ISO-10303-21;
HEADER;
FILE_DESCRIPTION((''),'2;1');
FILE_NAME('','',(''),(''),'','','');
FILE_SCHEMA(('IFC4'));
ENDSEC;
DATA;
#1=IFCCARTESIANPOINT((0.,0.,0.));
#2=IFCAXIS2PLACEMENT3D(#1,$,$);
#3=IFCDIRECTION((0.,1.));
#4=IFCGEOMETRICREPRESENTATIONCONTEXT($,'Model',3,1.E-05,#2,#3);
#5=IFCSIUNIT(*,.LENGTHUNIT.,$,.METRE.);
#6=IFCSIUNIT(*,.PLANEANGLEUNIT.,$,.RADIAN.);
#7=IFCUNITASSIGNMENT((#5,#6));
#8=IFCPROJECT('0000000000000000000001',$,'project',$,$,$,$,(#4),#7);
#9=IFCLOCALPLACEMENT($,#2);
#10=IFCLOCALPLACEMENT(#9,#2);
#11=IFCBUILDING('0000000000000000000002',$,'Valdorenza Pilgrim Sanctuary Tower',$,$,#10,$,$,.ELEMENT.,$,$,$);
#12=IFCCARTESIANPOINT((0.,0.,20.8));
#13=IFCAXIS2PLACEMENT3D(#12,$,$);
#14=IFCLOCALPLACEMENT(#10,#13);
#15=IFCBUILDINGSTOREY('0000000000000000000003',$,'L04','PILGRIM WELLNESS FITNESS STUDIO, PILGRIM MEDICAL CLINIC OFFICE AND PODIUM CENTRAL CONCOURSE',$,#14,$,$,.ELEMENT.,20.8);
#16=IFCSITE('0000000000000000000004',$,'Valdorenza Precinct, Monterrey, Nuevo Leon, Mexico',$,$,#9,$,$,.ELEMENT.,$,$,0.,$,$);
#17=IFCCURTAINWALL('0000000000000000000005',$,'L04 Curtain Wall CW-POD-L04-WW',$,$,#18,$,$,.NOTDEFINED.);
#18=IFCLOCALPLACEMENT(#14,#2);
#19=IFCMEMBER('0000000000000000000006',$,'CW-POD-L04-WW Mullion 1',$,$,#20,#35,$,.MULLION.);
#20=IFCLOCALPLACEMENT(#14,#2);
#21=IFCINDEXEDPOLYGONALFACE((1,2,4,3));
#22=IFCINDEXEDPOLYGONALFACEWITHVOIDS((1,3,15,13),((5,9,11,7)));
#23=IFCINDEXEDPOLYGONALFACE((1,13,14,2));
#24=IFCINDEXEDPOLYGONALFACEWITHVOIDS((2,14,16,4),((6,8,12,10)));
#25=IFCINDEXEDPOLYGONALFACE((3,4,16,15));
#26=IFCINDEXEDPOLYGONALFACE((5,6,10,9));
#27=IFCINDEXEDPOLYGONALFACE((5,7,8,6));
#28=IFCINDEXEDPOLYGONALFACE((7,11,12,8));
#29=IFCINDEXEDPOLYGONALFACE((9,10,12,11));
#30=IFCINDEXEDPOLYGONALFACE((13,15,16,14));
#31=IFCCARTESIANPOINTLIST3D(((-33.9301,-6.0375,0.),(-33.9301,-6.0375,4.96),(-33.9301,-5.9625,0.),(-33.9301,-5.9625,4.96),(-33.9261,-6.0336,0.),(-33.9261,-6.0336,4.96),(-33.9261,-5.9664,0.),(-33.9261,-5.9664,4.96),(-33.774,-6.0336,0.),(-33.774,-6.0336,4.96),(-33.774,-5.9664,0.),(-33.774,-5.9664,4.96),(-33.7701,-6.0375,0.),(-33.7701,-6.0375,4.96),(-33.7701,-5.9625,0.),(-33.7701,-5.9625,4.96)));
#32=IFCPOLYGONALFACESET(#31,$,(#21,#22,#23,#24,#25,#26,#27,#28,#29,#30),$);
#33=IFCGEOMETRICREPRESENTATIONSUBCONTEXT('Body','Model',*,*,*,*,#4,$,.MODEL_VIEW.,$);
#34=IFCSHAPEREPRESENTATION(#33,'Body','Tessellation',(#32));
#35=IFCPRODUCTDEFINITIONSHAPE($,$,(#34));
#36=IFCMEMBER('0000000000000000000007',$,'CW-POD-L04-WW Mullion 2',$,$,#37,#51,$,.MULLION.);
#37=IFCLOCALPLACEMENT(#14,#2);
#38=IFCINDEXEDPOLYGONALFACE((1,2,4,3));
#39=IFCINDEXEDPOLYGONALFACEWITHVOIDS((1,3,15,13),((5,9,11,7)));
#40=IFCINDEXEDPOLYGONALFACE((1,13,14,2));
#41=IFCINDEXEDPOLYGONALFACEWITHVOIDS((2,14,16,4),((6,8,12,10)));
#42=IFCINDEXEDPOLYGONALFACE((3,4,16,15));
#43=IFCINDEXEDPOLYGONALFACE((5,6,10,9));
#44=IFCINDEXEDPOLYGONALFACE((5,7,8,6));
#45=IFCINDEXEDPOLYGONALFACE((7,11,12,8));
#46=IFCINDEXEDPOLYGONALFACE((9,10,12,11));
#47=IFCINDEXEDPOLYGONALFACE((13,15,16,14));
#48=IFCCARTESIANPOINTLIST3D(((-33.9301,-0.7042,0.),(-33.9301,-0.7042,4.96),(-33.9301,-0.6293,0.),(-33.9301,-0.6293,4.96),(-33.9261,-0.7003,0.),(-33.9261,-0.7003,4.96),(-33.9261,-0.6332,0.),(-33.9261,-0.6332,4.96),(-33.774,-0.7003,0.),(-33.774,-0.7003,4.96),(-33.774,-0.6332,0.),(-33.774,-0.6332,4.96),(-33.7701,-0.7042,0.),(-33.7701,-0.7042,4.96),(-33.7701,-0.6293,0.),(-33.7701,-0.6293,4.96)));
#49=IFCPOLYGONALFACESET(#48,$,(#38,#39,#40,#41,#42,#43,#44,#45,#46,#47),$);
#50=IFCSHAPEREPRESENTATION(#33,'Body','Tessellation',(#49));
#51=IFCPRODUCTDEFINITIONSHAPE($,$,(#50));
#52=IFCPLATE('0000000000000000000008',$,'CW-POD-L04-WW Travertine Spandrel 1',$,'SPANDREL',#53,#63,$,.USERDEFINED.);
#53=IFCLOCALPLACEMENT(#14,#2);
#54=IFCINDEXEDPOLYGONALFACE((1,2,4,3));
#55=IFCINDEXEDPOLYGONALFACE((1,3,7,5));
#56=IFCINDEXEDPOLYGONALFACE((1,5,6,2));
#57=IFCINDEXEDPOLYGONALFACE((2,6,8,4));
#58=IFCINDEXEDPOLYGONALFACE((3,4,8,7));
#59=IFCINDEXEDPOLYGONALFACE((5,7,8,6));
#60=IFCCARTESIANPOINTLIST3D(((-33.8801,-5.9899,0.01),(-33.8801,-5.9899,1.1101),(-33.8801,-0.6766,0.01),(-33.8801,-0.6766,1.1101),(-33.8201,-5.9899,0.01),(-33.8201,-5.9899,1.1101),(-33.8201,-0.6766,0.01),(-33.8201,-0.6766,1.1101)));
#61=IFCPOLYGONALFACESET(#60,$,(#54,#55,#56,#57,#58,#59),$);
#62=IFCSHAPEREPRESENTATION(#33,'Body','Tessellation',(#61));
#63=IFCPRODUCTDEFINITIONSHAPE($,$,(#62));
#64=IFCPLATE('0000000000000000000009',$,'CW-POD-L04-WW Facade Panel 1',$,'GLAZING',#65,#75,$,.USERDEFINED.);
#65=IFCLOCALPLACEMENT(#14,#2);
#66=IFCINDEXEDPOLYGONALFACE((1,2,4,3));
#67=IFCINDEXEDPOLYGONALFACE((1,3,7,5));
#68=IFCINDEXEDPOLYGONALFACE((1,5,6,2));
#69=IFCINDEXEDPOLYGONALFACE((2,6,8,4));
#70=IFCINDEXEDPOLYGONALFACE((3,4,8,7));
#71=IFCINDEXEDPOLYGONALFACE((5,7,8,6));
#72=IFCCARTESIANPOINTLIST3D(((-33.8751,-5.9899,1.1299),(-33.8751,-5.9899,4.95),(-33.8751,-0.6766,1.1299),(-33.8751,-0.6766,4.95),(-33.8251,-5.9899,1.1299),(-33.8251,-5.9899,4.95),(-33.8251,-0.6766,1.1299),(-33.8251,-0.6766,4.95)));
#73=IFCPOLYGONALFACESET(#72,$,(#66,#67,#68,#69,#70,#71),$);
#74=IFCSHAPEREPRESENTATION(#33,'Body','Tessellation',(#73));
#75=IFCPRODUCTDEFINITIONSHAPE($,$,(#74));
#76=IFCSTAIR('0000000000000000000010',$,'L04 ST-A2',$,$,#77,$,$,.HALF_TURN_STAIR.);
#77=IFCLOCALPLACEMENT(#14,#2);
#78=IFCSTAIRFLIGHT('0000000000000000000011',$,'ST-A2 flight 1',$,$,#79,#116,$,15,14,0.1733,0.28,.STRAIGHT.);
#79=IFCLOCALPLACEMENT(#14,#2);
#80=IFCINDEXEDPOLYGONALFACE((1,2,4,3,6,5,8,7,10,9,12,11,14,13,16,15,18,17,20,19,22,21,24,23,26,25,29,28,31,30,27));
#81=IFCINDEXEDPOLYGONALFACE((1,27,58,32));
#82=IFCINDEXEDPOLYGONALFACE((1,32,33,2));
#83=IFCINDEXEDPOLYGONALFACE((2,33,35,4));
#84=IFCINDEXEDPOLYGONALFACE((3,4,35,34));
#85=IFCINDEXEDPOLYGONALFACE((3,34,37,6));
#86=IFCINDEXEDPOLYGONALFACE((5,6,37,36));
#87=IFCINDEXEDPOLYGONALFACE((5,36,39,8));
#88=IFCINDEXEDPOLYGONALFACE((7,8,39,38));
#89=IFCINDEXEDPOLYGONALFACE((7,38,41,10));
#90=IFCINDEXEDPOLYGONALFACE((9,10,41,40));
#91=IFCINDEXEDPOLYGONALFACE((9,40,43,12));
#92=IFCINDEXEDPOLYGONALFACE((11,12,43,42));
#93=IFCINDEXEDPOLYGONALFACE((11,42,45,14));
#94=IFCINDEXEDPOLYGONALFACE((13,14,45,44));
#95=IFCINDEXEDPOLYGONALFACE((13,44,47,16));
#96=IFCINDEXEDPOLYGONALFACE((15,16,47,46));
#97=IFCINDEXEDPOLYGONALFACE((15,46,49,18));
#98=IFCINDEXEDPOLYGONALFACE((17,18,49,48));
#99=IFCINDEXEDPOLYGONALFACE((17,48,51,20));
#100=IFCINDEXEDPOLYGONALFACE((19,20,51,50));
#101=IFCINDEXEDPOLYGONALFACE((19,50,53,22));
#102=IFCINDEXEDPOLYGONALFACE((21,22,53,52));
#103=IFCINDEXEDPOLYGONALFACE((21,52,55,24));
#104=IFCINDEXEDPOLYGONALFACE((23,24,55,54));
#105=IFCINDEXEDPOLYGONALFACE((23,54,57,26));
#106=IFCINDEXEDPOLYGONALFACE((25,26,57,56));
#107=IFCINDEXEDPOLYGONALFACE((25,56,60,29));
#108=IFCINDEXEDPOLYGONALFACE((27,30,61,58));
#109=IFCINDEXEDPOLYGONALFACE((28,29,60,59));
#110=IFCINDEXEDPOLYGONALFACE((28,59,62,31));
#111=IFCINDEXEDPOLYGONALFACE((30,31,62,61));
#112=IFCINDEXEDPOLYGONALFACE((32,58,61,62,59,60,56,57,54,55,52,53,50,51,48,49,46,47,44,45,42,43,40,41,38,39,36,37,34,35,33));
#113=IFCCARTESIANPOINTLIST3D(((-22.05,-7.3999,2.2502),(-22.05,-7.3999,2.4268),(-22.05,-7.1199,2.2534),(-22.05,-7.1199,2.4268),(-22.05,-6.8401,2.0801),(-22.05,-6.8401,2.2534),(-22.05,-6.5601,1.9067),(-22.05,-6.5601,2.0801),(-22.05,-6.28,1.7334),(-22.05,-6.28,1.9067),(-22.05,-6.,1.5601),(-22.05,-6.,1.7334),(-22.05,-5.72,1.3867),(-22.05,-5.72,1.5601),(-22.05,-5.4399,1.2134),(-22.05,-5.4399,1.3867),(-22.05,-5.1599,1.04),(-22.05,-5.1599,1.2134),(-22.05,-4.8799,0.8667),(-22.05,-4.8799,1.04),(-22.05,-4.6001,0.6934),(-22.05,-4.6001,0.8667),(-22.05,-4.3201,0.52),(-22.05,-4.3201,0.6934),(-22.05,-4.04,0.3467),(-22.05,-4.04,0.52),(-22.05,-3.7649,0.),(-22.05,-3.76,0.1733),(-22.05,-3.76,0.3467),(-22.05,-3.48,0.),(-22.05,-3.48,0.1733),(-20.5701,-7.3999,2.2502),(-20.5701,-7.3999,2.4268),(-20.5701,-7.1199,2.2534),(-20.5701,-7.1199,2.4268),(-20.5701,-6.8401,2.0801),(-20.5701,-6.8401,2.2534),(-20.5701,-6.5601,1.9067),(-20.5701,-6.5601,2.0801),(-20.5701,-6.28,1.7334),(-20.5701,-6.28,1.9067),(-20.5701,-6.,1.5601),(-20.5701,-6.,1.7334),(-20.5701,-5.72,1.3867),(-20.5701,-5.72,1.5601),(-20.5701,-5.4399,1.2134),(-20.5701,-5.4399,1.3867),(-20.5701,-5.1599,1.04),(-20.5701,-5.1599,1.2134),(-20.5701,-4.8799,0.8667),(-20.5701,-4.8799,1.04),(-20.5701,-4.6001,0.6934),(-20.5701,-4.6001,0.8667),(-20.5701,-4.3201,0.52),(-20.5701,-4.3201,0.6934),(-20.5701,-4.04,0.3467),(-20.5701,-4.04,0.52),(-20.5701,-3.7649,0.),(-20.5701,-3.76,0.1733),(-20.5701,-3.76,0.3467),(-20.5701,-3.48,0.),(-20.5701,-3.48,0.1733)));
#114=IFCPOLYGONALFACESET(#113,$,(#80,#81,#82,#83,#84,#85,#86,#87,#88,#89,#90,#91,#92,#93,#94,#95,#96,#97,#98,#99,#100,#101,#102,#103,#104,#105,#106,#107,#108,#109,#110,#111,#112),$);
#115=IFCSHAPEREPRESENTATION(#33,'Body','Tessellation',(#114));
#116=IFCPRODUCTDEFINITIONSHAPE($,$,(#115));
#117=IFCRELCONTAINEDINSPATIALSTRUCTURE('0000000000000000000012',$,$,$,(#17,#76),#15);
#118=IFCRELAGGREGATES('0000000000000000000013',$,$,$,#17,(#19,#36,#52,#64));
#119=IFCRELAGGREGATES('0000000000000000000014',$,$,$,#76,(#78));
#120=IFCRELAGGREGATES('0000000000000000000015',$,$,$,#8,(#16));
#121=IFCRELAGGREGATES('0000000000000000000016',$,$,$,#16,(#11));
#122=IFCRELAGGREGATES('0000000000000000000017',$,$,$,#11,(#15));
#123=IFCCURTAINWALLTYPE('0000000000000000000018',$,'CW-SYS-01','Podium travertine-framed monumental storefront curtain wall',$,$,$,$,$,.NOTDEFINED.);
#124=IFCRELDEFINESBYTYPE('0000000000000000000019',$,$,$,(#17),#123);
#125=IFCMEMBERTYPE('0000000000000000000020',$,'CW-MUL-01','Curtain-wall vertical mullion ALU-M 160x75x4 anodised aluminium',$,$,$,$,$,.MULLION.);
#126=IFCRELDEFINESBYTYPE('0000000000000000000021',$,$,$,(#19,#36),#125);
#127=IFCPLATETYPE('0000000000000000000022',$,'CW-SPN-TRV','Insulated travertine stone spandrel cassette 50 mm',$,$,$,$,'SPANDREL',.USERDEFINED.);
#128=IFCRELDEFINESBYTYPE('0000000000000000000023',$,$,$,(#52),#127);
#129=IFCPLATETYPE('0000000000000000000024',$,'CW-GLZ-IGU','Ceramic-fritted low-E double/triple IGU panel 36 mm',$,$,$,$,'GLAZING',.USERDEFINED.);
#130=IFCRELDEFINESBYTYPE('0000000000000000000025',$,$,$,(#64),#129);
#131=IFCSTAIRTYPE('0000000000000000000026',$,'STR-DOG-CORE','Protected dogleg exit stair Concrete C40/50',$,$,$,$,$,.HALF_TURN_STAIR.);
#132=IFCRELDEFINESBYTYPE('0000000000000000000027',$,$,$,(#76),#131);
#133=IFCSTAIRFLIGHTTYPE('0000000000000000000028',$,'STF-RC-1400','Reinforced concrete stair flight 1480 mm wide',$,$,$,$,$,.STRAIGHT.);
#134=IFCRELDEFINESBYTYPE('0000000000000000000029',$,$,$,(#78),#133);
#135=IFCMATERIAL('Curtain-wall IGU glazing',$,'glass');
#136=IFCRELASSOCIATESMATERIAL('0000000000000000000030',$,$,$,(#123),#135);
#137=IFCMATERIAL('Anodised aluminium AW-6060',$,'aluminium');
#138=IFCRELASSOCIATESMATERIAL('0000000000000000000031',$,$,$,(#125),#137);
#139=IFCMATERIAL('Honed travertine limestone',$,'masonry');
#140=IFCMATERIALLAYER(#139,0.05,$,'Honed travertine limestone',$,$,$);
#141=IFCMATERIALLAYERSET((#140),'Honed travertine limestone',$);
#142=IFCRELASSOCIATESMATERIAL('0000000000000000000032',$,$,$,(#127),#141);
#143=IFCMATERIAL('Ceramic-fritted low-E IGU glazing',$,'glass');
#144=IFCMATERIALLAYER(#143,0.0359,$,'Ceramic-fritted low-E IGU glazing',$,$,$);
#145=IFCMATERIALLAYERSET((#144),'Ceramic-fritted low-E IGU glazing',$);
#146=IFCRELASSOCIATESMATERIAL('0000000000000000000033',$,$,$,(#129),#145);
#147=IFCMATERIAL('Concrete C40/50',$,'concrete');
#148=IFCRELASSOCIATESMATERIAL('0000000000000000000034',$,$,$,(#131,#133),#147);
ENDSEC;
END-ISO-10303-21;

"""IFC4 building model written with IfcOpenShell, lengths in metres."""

from ifc_helpers import new_model, si_unit, direction, frame, origin, origin_2d, place, context, subcontext, project, spatial, polyline, rectangle, hollow_rectangle, outline, extrude, source, transform, mapped, material, layer, layer_set, material_profile, profile_set, type_object, element, aggregate, save


model = new_model("IFC4")

# Units and contexts
model_context = context("Model", 3, precision=1e-05, world=origin(), true_north=direction((0.0, 1.0)))
body_context = subcontext(model_context, "Body", "Model", "MODEL_VIEW")
ifc_project = project(units=[si_unit("LENGTHUNIT", "METRE"), si_unit("PLANEANGLEUNIT", "RADIAN")], contexts=[model_context])

# Site, building, storey
site_placement = place(None, origin())
site = spatial("IfcSite", under=ifc_project, at=site_placement, Name="Valdorenza Precinct, Monterrey, Nuevo Leon, Mexico", CompositionType="ELEMENT", RefElevation=0.0)
building_placement = place(site_placement, origin())
building = spatial("IfcBuilding", under=site, at=building_placement, Name="Valdorenza Pilgrim Sanctuary Tower", CompositionType="ELEMENT")
storey_placement = place(building_placement, frame((0.0, 0.0, 20.8)))
storey = spatial("IfcBuildingStorey", under=building, at=storey_placement, Name="L04", Description="PILGRIM WELLNESS FITNESS STUDIO, PILGRIM MEDICAL CLINIC OFFICE AND PODIUM CENTRAL CONCOURSE", CompositionType="ELEMENT", Elevation=20.8)

# Curtain wall, members, plates
ifc_material_1 = material(Name="Curtain-wall IGU glazing", Category="glass")
curtain_wall_type = type_object("IfcCurtainWallType", Name="CW-SYS-01", Description="Podium travertine-framed monumental storefront curtain wall", PredefinedType="NOTDEFINED", material=ifc_material_1)
curtain_wall_placement = place(storey_placement, origin())
curtain_wall = element("IfcCurtainWall", 1, at=curtain_wall_placement, inside=storey, type_object=curtain_wall_type, Name="L04 Curtain Wall CW-POD-L04-WW", PredefinedType="NOTDEFINED")
ifc_material_2 = material(Name="Anodised aluminium AW-6060", Category="aluminium")
ifc_material_profile_1 = material_profile(ifc_material_2, hollow_rectangle(XDim=0.075, YDim=0.1599, WallThickness=0.0039, at=origin_2d()), Name="ALU-M 160x75x4")
ifc_profile_set_1 = profile_set([ifc_material_profile_1], Name="Anodised aluminium AW-6060")
member_type_1 = type_object("IfcMemberType", Name="CW-MUL-01", Description="Curtain-wall vertical mullion ALU-M 160x75x4 anodised aluminium", PredefinedType="MULLION", material=ifc_profile_set_1)
shared_shape_1 = source(origin(), body_context, "Body", "SweptSolid", [
    extrude(hollow_rectangle(XDim=0.075, YDim=0.1599, WallThickness=0.0039, at=origin_2d()), origin(), (0.0, 0.0, 1.0), 4.96),
])
member_1_placement = place(storey_placement, frame((-33.8501, -6.0, 0.0), z_axis=(0.0, 0.0, 1.0), x_axis=(0.0, 1.0, 0.0)))
member_1 = element("IfcMember", 2, at=member_1_placement, type_object=member_type_1, Name="CW-POD-L04-WW Mullion 1", PredefinedType="MULLION", context=body_context, shape_type="MappedRepresentation", body=[
    mapped(shared_shape_1, transform((0.0, 0.0, 0.0), x_axis=(1.0, 0.0, 0.0), y_axis=(0.0, 1.0, 0.0), z_axis=(0.0, 0.0, 1.0), scale=1.0)),
])
member_2_placement = place(storey_placement, frame((-33.8501, -0.6667, 0.0), z_axis=(0.0, 0.0, 1.0), x_axis=(0.0, 1.0, 0.0)))
member_2 = element("IfcMember", 3, at=member_2_placement, type_object=member_type_1, Name="CW-POD-L04-WW Mullion 2", PredefinedType="MULLION", context=body_context, shape_type="MappedRepresentation", body=[
    mapped(shared_shape_1, transform((0.0, 0.0, 0.0), x_axis=(1.0, 0.0, 0.0), y_axis=(0.0, 1.0, 0.0), z_axis=(0.0, 0.0, 1.0), scale=1.0)),
])
ifc_material_3 = material(Name="Honed travertine limestone", Category="masonry")
ifc_layer_1 = layer(ifc_material_3, 0.05, Name="Honed travertine limestone")
ifc_layer_set_1 = layer_set([ifc_layer_1], Name="Honed travertine limestone")
plate_type_1 = type_object("IfcPlateType", Name="CW-SPN-TRV", Description="Insulated travertine stone spandrel cassette 50 mm", ElementType="SPANDREL", PredefinedType="USERDEFINED", material=ifc_layer_set_1)
shared_shape_2 = source(origin(), body_context, "Body", "SweptSolid", [
    extrude(rectangle(XDim=5.3132, YDim=0.0601, at=origin_2d()), origin(), (0.0, 0.0, 1.0), 1.1001),
])
plate_1_placement = place(storey_placement, frame((-33.8501, -3.3333, 0.01), z_axis=(0.0, 0.0, 1.0), x_axis=(0.0, 1.0, 0.0)))
plate_1 = element("IfcPlate", 4, at=plate_1_placement, type_object=plate_type_1, Name="CW-POD-L04-WW Travertine Spandrel 1", ObjectType="SPANDREL", PredefinedType="USERDEFINED", context=body_context, shape_type="MappedRepresentation", body=[
    mapped(shared_shape_2, transform((0.0, 0.0, 0.0), x_axis=(1.0, 0.0, 0.0), y_axis=(0.0, 1.0, 0.0), z_axis=(0.0, 0.0, 1.0), scale=1.0)),
])
ifc_material_4 = material(Name="Ceramic-fritted low-E IGU glazing", Category="glass")
ifc_layer_2 = layer(ifc_material_4, 0.0359, Name="Ceramic-fritted low-E IGU glazing")
ifc_layer_set_2 = layer_set([ifc_layer_2], Name="Ceramic-fritted low-E IGU glazing")
plate_type_2 = type_object("IfcPlateType", Name="CW-GLZ-IGU", Description="Ceramic-fritted low-E double/triple IGU panel 36 mm", ElementType="GLAZING", PredefinedType="USERDEFINED", material=ifc_layer_set_2)
shared_shape_3 = source(origin(), body_context, "Body", "SweptSolid", [
    extrude(rectangle(XDim=5.3132, YDim=0.05, at=origin_2d()), origin(), (0.0, 0.0, 1.0), 3.8201),
])
plate_2_placement = place(storey_placement, frame((-33.8501, -3.3333, 1.1299), z_axis=(0.0, 0.0, 1.0), x_axis=(0.0, 1.0, 0.0)))
plate_2 = element("IfcPlate", 5, at=plate_2_placement, type_object=plate_type_2, Name="CW-POD-L04-WW Facade Panel 1", ObjectType="GLAZING", PredefinedType="USERDEFINED", context=body_context, shape_type="MappedRepresentation", body=[
    mapped(shared_shape_3, transform((0.0, 0.0, 0.0), x_axis=(1.0, 0.0, 0.0), y_axis=(0.0, 1.0, 0.0), z_axis=(0.0, 0.0, 1.0), scale=1.0)),
])
aggregate(curtain_wall, [member_1, member_2, plate_1, plate_2])

# Shared definitions
ifc_material_5 = material(Name="Concrete C40/50", Category="concrete")

# Stair, stair flight
stair_type = type_object("IfcStairType", Name="STR-DOG-CORE", Description="Protected dogleg exit stair Concrete C40/50", PredefinedType="HALF_TURN_STAIR", material=ifc_material_5)
stair_placement = place(storey_placement, origin())
stair = element("IfcStair", 6, at=stair_placement, inside=storey, type_object=stair_type, Name="L04 ST-A2", PredefinedType="HALF_TURN_STAIR")
stair_flight_type = type_object("IfcStairFlightType", Name="STF-RC-1400", Description="Reinforced concrete stair flight 1480 mm wide", PredefinedType="STRAIGHT", material=ifc_material_5)
stair_flight_placement = place(storey_placement, frame((-21.3101, -3.48, 0.0), z_axis=(0.0, 0.0, 1.0), x_axis=(0.0, -1.0, 0.0)))
stair_flight = element("IfcStairFlight", 7, at=stair_flight_placement, type_object=stair_flight_type, Name="ST-A2 flight 1", NumberOfRisers=15, NumberOfTreads=14, PredefinedType="STRAIGHT", RiserHeight=0.1733, TreadLength=0.28, context=body_context, shape_type="SweptSolid", body=[
    extrude(outline(polyline([(0.0, 0.0), (0.0, 0.1733), (0.28, 0.1733), (0.28, 0.3467), (0.5601, 0.3467), (0.5601, 0.52), (0.8401, 0.52), (0.8401, 0.6934), (1.1201, 0.6934), (1.1201, 0.8667), (1.3999, 0.8667), (1.3999, 1.04), (1.6799, 1.04), (1.6799, 1.2134), (1.96, 1.2134), (1.96, 1.3867), (2.24, 1.3867), (2.24, 1.5601), (2.52, 1.5601), (2.52, 1.7334), (2.8, 1.7334), (2.8, 1.9067), (3.0801, 1.9067), (3.0801, 2.0801), (3.3601, 2.0801), (3.3601, 2.2534), (3.6399, 2.2534), (3.6399, 2.4268), (3.9199, 2.4268), (3.9199, 2.6001), (3.9199, 2.2502), (0.2849, 0.0), (0.0, 0.0)])), frame((0.0, 0.74, 0.0), z_axis=(0.0, -1.0, 0.0), x_axis=(1.0, 0.0, 0.0)), (0.0, 0.0, 1.0), 1.48),
])
aggregate(stair, [stair_flight])

save(model, "model.ifc")
